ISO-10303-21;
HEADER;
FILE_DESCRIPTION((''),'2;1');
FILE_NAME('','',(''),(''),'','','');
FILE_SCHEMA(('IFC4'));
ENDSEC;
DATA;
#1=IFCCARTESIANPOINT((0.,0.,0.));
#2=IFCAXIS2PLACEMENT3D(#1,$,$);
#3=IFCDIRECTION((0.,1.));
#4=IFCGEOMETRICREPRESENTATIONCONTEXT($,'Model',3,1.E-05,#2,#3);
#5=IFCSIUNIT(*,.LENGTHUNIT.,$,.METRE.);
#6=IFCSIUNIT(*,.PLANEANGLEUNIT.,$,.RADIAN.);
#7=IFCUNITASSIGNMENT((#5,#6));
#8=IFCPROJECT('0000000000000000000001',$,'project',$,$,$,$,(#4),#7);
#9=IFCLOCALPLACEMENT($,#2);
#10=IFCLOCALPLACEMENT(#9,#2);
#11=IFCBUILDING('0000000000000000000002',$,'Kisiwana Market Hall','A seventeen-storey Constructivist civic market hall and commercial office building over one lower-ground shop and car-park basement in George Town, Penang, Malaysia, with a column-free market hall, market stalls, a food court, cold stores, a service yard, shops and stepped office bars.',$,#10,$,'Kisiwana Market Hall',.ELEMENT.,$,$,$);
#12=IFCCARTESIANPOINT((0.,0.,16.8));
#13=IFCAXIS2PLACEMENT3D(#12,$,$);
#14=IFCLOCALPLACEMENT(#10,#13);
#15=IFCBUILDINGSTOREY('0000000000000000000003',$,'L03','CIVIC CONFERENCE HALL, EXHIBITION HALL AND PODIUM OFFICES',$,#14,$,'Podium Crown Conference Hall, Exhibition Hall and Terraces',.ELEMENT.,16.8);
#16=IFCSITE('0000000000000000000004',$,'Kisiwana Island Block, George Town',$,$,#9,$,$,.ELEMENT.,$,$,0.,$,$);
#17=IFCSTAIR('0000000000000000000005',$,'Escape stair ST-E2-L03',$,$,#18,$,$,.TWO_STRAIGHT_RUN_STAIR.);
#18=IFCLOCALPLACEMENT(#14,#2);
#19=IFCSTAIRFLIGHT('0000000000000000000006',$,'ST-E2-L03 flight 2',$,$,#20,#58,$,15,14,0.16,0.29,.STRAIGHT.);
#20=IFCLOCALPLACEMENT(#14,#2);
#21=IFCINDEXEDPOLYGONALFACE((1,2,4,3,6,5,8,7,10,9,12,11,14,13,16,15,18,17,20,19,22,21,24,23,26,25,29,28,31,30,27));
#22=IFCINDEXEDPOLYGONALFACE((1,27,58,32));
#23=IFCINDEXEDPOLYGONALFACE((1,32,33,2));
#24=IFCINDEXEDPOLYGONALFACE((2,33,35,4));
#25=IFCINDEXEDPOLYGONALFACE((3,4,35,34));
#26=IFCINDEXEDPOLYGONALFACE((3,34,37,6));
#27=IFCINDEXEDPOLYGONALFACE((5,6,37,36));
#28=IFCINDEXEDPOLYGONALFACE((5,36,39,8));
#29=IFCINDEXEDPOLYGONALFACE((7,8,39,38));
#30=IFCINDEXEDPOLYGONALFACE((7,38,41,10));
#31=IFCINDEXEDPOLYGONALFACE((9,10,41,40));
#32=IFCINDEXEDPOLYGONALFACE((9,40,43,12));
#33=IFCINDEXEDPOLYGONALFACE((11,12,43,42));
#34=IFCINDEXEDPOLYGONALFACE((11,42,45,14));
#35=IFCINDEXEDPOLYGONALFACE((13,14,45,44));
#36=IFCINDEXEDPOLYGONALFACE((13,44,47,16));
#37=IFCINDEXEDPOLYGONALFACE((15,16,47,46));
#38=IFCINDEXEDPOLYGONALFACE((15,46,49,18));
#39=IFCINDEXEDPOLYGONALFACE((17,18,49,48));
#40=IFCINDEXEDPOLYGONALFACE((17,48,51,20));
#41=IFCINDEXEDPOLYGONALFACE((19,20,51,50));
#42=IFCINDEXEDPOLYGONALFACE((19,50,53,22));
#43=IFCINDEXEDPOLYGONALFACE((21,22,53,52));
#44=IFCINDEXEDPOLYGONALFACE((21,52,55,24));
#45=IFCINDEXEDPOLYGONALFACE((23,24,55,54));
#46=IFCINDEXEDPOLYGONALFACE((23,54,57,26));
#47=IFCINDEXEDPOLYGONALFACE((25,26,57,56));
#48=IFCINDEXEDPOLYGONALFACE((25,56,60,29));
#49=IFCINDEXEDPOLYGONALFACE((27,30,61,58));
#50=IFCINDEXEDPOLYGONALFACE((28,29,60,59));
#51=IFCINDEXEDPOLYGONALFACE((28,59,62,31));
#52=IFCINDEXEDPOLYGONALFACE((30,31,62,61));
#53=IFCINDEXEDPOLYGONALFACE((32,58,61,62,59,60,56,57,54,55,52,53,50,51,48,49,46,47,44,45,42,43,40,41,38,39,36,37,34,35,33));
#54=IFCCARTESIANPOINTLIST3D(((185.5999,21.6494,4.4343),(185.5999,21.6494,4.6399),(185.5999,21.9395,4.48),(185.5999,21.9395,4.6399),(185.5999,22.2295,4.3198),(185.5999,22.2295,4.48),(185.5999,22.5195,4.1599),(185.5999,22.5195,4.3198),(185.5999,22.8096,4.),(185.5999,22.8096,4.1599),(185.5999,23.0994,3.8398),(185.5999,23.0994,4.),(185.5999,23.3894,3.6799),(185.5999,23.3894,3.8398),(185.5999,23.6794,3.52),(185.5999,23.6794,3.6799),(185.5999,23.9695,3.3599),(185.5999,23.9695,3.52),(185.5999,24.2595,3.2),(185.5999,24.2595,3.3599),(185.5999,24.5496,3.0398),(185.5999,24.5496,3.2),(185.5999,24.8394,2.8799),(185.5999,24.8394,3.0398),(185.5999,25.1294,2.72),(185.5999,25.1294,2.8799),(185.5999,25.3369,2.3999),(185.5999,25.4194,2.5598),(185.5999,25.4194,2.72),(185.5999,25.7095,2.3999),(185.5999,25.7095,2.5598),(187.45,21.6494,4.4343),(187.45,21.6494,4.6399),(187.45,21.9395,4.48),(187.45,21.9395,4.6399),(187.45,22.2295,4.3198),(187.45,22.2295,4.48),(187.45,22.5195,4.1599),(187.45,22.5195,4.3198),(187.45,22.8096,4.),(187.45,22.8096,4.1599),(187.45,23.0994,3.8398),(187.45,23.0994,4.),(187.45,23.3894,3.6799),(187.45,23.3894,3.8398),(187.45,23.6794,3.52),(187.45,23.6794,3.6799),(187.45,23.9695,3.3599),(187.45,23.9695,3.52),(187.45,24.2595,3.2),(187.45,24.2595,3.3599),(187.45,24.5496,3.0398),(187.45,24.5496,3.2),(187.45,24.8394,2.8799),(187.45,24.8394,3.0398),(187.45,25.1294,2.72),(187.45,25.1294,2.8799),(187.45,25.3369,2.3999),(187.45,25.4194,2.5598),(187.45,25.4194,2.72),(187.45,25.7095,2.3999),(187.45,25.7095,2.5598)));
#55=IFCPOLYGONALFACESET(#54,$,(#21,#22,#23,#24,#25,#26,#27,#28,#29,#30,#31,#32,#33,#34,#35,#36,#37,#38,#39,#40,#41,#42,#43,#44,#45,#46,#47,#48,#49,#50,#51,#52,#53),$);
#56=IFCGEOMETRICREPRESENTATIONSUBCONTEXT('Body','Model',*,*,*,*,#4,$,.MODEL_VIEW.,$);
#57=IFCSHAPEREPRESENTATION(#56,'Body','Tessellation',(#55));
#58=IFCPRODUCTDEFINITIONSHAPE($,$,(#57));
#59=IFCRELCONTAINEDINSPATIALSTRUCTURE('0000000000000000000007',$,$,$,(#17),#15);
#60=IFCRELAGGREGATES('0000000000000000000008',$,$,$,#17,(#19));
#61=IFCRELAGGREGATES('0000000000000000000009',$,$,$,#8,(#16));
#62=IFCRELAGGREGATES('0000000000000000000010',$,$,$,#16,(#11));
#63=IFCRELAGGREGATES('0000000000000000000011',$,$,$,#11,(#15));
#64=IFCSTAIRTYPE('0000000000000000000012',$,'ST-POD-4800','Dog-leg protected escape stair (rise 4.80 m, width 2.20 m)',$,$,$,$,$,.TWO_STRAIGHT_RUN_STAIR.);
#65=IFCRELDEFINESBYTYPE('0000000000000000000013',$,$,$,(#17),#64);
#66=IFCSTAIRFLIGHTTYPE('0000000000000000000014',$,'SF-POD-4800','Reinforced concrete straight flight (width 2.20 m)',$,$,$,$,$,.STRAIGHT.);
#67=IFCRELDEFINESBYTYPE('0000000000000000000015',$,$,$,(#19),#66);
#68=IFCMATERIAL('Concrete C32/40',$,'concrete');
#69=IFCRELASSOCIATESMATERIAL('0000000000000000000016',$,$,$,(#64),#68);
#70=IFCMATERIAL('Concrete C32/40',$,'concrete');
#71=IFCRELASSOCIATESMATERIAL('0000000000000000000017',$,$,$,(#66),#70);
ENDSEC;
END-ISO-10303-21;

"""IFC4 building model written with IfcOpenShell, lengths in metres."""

from ifc_helpers import new_model, si_unit, direction, frame, origin, place, context, subcontext, project, spatial, polyline, outline, extrude, material, type_object, element, aggregate, save


model = new_model("IFC4")

# Units and contexts
model_context = context("Model", 3, precision=1e-05, world=origin(), true_north=direction((0.0, 1.0)))
body_context = subcontext(model_context, "Body", "Model", "MODEL_VIEW")
ifc_project = project(units=[si_unit("LENGTHUNIT", "METRE"), si_unit("PLANEANGLEUNIT", "RADIAN")], contexts=[model_context])

# Site, building, storey
site_placement = place(None, origin())
site = spatial("IfcSite", under=ifc_project, at=site_placement, Name="Kisiwana Island Block, George Town", CompositionType="ELEMENT", RefElevation=0.0)
building_placement = place(site_placement, origin())
building = spatial("IfcBuilding", under=site, at=building_placement, Name="Kisiwana Market Hall", Description="A seventeen-storey Constructivist civic market hall and commercial office building over one lower-ground shop and car-park basement in George Town, Penang, Malaysia, with a column-free market hall, market stalls, a food court, cold stores, a service yard, shops and stepped office bars.", LongName="Kisiwana Market Hall", CompositionType="ELEMENT")
storey_placement = place(building_placement, frame((0.0, 0.0, 16.8)))
storey = spatial("IfcBuildingStorey", under=building, at=storey_placement, Name="L03", Description="CIVIC CONFERENCE HALL, EXHIBITION HALL AND PODIUM OFFICES", LongName="Podium Crown Conference Hall, Exhibition Hall and Terraces", CompositionType="ELEMENT", Elevation=16.8)

# Stair, stair flight
ifc_material_1 = material(Name="Concrete C32/40", Category="concrete")
stair_type = type_object("IfcStairType", Name="ST-POD-4800", Description="Dog-leg protected escape stair (rise 4.80 m, width 2.20 m)", PredefinedType="TWO_STRAIGHT_RUN_STAIR", material=ifc_material_1)
stair_placement = place(storey_placement, origin())
stair = element("IfcStair", 1, at=stair_placement, inside=storey, type_object=stair_type, Name="Escape stair ST-E2-L03", PredefinedType="TWO_STRAIGHT_RUN_STAIR")
ifc_material_2 = material(Name="Concrete C32/40", Category="concrete")
stair_flight_type = type_object("IfcStairFlightType", Name="SF-POD-4800", Description="Reinforced concrete straight flight (width 2.20 m)", PredefinedType="STRAIGHT", material=ifc_material_2)
stair_flight_1_placement = place(storey_placement, frame((186.5249, 25.7095, 2.3999), z_axis=(0.0, 0.0, 1.0), x_axis=(0.0, -1.0, 0.0)))
stair_flight_1 = element("IfcStairFlight", 2, at=stair_flight_1_placement, type_object=stair_flight_type, Name="ST-E2-L03 flight 2", NumberOfRisers=15, NumberOfTreads=14, PredefinedType="STRAIGHT", RiserHeight=0.16, TreadLength=0.29, context=body_context, shape_type="SweptSolid", body=[
    extrude(outline(polyline([(0.0, 0.0), (0.0, 0.1599), (0.29, 0.1599), (0.29, 0.3201), (0.5801, 0.3201), (0.5801, 0.48), (0.8701, 0.48), (0.8701, 0.6399), (1.1599, 0.6399), (1.1599, 0.8), (1.45, 0.8), (1.45, 0.96), (1.74, 0.96), (1.74, 1.1201), (2.03, 1.1201), (2.03, 1.28), (2.3201, 1.28), (2.3201, 1.4399), (2.6101, 1.4399), (2.6101, 1.6001), (2.8999, 1.6001), (2.8999, 1.76), (3.1899, 1.76), (3.1899, 1.9199), (3.48, 1.9199), (3.48, 2.0801), (3.77, 2.0801), (3.77, 2.24), (4.0601, 2.24), (4.0601, 2.3999), (4.0601, 2.0344), (0.3726, 0.0), (0.0, 0.0)])), frame((0.0, 0.925, 0.0), z_axis=(0.0, -1.0, 0.0), x_axis=(1.0, 0.0, 0.0)), (0.0, 0.0, 1.0), 1.8501),
])
aggregate(stair, [stair_flight_1])

save(model, "model.ifc")
